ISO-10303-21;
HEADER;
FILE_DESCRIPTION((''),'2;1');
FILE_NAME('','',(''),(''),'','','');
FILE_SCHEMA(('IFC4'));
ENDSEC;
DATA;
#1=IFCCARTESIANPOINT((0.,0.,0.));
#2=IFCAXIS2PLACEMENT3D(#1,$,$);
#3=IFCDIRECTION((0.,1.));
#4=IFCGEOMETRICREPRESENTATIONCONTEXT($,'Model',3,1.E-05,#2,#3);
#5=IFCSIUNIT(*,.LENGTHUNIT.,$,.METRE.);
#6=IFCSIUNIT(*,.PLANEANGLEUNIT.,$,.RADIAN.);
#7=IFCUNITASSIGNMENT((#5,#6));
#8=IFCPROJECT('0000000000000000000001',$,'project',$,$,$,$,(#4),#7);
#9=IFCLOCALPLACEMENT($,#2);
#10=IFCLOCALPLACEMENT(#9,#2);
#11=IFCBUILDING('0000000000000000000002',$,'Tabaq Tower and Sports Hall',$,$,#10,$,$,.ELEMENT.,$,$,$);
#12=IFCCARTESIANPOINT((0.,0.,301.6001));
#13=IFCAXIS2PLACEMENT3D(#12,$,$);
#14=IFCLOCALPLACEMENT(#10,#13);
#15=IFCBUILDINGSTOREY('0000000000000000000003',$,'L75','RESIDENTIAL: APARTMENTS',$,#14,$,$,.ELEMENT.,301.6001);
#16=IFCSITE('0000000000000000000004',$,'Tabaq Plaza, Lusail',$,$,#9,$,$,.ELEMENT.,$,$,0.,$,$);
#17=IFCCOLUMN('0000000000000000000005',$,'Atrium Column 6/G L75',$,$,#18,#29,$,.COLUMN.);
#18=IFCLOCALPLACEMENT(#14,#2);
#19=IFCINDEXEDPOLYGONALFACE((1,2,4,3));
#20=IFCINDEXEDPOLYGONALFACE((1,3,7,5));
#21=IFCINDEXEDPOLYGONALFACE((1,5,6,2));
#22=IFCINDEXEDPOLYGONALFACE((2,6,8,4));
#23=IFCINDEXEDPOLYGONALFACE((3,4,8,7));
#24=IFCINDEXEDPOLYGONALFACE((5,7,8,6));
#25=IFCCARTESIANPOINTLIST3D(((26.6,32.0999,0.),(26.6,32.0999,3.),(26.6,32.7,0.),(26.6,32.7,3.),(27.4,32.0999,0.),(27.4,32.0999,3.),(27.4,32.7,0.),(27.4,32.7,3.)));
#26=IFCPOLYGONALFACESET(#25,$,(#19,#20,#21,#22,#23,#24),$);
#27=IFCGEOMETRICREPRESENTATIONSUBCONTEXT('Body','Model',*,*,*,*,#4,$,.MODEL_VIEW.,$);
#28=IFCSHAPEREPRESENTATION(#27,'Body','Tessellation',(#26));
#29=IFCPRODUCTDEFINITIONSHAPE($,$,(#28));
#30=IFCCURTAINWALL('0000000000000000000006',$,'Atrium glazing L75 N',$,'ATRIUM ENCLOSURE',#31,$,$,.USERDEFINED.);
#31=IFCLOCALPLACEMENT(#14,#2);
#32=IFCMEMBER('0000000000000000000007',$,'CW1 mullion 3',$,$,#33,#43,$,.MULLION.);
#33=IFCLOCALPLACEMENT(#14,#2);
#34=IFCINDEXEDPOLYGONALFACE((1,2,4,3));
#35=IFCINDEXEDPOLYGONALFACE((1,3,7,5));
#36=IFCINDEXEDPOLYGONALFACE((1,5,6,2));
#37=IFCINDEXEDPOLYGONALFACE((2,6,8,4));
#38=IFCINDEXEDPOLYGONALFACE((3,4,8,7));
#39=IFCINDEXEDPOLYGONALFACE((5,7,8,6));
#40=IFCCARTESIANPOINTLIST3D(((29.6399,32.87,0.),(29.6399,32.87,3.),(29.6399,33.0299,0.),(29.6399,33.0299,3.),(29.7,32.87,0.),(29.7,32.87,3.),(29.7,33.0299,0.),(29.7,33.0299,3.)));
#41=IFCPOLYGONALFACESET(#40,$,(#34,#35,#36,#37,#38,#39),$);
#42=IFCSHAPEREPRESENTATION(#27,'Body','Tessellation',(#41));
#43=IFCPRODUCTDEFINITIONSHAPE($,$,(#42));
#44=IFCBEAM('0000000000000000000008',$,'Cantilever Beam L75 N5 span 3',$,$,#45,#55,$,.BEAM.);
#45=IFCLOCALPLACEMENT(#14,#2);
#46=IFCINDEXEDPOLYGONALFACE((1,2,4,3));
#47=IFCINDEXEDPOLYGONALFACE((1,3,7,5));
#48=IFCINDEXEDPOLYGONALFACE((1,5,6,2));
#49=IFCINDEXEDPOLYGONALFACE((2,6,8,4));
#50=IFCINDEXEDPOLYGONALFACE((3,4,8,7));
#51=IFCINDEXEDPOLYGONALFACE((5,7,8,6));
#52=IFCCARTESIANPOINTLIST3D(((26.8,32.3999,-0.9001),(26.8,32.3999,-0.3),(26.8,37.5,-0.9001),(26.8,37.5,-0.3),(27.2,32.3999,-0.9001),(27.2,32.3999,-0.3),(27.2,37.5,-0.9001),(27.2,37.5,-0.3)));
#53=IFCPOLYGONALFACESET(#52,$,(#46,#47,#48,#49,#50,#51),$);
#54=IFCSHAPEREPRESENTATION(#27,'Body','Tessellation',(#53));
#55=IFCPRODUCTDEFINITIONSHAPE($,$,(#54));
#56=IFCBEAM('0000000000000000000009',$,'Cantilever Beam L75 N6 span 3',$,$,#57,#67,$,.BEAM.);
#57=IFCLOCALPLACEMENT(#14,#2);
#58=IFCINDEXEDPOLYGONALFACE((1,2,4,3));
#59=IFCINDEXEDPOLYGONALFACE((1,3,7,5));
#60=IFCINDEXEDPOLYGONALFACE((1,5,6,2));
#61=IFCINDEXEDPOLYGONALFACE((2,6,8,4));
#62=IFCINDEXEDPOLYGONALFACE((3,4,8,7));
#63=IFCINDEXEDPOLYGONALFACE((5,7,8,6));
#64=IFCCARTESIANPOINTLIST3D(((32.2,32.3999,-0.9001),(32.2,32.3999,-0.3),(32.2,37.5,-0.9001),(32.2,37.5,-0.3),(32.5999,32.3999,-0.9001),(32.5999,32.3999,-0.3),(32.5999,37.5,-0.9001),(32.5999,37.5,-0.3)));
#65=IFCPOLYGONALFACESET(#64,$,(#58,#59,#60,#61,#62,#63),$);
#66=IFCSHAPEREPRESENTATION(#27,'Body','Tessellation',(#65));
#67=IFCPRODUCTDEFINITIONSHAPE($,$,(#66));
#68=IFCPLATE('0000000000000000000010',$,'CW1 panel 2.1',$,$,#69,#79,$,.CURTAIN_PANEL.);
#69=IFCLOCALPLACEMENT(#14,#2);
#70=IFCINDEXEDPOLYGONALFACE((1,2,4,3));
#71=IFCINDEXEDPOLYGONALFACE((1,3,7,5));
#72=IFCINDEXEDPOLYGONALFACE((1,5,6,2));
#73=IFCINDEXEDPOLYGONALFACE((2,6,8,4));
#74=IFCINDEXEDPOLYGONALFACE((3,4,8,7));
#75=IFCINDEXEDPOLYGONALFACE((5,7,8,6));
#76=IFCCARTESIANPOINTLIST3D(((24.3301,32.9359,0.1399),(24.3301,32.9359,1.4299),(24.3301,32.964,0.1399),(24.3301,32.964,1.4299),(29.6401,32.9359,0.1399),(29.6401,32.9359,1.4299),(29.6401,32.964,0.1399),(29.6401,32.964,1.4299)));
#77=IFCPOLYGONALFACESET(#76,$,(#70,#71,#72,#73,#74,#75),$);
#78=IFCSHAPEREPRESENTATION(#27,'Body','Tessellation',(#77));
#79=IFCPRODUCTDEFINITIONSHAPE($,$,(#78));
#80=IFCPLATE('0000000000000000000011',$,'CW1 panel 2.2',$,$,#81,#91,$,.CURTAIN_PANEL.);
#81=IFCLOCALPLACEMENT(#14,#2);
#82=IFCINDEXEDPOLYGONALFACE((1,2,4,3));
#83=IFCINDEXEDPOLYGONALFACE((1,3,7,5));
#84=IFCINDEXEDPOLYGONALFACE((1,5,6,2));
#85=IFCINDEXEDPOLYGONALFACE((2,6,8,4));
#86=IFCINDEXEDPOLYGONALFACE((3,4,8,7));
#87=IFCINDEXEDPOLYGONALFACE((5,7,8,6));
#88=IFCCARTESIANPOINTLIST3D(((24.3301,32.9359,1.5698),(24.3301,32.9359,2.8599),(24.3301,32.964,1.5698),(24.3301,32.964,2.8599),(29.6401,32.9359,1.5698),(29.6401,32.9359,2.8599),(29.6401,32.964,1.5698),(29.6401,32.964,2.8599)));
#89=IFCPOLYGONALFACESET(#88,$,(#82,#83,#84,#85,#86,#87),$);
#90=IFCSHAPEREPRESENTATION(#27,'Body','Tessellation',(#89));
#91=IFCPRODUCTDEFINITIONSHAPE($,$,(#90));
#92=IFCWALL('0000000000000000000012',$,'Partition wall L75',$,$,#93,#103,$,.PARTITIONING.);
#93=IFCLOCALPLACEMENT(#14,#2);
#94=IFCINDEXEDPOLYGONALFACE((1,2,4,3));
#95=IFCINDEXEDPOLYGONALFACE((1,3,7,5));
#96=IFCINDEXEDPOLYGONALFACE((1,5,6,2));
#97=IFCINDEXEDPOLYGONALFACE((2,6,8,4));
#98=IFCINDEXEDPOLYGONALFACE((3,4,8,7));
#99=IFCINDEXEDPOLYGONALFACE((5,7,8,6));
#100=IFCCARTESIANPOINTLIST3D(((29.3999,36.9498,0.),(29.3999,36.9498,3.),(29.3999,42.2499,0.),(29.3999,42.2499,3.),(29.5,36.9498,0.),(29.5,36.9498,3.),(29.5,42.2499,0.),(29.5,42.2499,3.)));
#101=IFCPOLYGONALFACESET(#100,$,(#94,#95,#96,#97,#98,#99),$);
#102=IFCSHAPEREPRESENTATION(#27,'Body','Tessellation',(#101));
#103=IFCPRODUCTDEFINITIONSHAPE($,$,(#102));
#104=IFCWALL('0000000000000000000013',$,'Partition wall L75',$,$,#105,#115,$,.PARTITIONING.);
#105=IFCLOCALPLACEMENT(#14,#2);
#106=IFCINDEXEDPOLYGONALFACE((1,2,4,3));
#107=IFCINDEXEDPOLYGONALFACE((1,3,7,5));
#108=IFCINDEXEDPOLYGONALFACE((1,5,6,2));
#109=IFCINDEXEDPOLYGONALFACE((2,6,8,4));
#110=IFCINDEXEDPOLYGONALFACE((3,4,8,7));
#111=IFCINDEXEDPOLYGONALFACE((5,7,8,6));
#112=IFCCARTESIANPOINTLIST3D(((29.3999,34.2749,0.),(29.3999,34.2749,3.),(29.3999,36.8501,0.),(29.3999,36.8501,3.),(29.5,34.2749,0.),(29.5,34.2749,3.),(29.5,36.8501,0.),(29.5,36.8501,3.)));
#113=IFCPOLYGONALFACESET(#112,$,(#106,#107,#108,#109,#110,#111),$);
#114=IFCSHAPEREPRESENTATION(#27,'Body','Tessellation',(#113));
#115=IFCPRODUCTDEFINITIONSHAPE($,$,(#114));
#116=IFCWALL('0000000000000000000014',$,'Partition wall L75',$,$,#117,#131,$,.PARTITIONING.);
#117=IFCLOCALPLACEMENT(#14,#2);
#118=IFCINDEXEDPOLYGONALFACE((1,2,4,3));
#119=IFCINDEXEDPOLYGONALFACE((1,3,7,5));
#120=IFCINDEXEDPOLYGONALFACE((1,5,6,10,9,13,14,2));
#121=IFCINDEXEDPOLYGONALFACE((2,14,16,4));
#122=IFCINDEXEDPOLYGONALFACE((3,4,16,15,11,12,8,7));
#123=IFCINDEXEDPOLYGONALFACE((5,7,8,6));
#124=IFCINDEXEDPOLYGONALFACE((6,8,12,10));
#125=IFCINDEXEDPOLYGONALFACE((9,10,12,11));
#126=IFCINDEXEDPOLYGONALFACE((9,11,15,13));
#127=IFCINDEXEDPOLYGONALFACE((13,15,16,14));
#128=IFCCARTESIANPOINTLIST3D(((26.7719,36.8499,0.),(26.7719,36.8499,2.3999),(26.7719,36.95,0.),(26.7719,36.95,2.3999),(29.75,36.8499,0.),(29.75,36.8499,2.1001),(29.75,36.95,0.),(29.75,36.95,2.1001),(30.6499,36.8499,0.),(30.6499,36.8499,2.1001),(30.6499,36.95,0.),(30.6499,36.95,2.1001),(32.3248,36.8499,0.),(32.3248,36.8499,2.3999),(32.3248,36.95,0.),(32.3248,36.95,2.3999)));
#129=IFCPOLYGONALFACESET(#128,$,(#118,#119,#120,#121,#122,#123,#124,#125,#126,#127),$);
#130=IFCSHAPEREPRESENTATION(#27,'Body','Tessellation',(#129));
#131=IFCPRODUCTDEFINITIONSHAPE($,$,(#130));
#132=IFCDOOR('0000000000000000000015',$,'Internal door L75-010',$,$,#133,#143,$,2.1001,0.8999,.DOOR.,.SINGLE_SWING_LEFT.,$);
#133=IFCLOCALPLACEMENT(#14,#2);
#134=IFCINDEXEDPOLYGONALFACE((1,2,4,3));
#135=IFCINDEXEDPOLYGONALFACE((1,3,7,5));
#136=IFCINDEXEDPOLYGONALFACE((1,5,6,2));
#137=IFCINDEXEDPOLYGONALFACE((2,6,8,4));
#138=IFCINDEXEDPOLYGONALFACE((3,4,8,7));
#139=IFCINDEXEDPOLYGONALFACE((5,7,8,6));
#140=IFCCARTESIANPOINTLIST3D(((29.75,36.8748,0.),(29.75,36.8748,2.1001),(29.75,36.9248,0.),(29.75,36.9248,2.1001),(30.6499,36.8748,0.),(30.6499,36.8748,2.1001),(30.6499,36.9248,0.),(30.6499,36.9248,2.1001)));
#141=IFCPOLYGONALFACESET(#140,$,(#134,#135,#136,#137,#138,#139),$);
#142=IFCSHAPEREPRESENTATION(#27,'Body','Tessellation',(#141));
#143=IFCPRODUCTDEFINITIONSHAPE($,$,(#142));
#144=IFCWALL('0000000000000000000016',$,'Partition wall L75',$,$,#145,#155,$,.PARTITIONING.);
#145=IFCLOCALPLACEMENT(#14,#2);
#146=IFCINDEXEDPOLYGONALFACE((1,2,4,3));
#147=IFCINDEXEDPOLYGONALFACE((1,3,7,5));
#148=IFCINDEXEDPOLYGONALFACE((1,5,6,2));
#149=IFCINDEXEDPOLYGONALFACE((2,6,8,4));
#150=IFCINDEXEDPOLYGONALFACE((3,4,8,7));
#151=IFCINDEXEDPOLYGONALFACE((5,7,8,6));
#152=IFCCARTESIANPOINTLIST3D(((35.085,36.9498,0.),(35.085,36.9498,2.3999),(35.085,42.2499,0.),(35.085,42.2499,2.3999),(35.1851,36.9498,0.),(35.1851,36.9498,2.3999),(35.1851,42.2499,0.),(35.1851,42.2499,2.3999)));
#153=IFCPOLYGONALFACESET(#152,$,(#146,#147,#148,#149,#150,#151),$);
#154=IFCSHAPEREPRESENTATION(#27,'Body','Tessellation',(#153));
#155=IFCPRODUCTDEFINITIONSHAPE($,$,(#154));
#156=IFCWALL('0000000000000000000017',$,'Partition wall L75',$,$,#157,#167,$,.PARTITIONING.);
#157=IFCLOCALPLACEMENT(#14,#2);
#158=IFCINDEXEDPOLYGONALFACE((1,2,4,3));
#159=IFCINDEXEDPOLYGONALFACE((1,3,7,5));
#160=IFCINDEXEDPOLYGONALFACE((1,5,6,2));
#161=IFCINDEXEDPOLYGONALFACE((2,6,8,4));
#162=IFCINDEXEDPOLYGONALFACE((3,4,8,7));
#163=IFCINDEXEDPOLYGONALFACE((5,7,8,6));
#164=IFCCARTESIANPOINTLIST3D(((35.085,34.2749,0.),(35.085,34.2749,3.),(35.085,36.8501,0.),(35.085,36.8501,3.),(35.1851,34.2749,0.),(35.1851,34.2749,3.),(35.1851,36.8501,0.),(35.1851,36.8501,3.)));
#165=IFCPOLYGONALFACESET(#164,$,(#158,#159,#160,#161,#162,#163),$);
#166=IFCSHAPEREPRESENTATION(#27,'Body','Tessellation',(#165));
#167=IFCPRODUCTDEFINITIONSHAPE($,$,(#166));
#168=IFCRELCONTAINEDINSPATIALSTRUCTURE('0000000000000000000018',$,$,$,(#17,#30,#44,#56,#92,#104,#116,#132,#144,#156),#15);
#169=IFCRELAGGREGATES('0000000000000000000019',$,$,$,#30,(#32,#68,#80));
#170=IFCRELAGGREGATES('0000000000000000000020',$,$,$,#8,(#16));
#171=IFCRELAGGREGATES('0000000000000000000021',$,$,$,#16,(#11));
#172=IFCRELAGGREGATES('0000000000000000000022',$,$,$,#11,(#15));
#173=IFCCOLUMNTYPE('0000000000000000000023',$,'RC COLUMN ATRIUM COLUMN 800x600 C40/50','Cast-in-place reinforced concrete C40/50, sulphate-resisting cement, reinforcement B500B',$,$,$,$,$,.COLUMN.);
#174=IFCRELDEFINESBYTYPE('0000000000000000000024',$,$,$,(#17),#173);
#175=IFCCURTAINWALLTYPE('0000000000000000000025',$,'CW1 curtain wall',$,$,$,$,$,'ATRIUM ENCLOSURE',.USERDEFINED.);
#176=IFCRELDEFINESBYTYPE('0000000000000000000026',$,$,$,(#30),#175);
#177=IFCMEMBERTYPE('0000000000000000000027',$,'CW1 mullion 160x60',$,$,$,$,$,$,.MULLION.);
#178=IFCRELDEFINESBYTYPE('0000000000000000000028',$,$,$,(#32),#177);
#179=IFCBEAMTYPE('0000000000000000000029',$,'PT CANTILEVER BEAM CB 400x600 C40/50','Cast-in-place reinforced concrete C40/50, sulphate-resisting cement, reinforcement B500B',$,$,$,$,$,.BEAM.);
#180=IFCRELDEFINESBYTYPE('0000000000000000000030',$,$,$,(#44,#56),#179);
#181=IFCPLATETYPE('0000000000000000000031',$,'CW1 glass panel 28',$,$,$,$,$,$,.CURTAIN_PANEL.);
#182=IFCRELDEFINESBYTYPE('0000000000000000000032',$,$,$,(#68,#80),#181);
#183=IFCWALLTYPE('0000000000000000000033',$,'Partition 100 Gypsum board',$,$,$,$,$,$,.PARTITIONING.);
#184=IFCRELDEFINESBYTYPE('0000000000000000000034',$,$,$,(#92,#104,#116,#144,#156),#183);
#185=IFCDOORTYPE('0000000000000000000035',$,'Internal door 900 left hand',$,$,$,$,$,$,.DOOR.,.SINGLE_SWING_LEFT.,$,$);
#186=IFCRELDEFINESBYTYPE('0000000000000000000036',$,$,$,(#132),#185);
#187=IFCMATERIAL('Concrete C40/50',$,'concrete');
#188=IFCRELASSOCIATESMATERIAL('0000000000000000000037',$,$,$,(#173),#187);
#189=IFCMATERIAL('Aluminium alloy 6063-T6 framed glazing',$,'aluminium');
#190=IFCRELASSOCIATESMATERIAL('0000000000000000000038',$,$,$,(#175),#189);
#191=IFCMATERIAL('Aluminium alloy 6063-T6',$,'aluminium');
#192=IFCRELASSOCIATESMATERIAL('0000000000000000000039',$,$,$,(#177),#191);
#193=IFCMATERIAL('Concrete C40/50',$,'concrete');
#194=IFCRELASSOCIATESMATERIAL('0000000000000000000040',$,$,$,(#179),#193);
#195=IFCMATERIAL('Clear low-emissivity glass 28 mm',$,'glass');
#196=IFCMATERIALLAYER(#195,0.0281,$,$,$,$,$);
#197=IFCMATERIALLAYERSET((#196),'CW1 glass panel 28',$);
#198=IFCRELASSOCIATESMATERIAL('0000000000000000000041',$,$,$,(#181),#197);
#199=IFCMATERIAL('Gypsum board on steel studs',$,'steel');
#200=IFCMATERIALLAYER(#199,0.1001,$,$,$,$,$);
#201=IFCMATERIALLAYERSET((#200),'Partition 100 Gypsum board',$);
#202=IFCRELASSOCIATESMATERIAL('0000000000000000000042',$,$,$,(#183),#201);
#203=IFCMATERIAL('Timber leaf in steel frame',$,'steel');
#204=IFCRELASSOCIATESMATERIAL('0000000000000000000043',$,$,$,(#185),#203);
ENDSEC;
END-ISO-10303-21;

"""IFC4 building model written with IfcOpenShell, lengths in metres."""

from ifc_helpers import new_model, si_unit, direction, frame, frame_2d, origin, origin_2d, place, context, subcontext, project, spatial, rectangle, extrude, material, layer, layer_set, material_profile, profile_set, type_object, element, fill, aggregate, save


model = new_model("IFC4")

# Units and contexts
model_context = context("Model", 3, precision=1e-05, world=origin(), true_north=direction((0.0, 1.0)))
body_context = subcontext(model_context, "Body", "Model", "MODEL_VIEW")
ifc_project = project(units=[si_unit("LENGTHUNIT", "METRE"), si_unit("PLANEANGLEUNIT", "RADIAN")], contexts=[model_context])

# Site, building, storey
site_placement = place(None, origin())
site = spatial("IfcSite", under=ifc_project, at=site_placement, Name="Tabaq Plaza, Lusail", CompositionType="ELEMENT", RefElevation=0.0)
building_placement = place(site_placement, origin())
building = spatial("IfcBuilding", under=site, at=building_placement, Name="Tabaq Tower and Sports Hall", CompositionType="ELEMENT")
storey_placement = place(building_placement, frame((0.0, 0.0, 301.6001)))
storey = spatial("IfcBuildingStorey", under=building, at=storey_placement, Name="L75", Description="RESIDENTIAL: APARTMENTS", CompositionType="ELEMENT", Elevation=301.6001)

# Column
ifc_material_1 = material(Name="Concrete C40/50", Category="concrete")
ifc_material_profile_1 = material_profile(ifc_material_1, rectangle(XDim=0.8, YDim=0.6001, at=origin_2d()), Name="ATRIUM COLUMN 800x600")
ifc_profile_set_1 = profile_set([ifc_material_profile_1], Name="Concrete C40/50")
column_type = type_object("IfcColumnType", Name="RC COLUMN ATRIUM COLUMN 800x600 C40/50", Description="Cast-in-place reinforced concrete C40/50, sulphate-resisting cement, reinforcement B500B", PredefinedType="COLUMN", material=ifc_profile_set_1)
column_placement = place(storey_placement, frame((27.0, 32.3999, 0.0), z_axis=(0.0, 0.0, 1.0), x_axis=(1.0, 0.0, 0.0)))
element("IfcColumn", 1, at=column_placement, inside=storey, type_object=column_type, Name="Atrium Column 6/G L75", PredefinedType="COLUMN", context=body_context, shape_type="SweptSolid", body=[
    extrude(rectangle(XDim=0.8, YDim=0.6001, at=origin_2d()), origin(), (0.0, 0.0, 1.0), 3.0),
])

# Curtain wall, member
ifc_material_2 = material(Name="Aluminium alloy 6063-T6 framed glazing", Category="aluminium")
curtain_wall_type = type_object("IfcCurtainWallType", Name="CW1 curtain wall", ElementType="ATRIUM ENCLOSURE", PredefinedType="USERDEFINED", material=ifc_material_2)
curtain_wall_placement = place(storey_placement, origin())
curtain_wall = element("IfcCurtainWall", 2, at=curtain_wall_placement, inside=storey, type_object=curtain_wall_type, Name="Atrium glazing L75 N", ObjectType="ATRIUM ENCLOSURE", PredefinedType="USERDEFINED")
ifc_material_3 = material(Name="Aluminium alloy 6063-T6", Category="aluminium")
ifc_material_profile_2 = material_profile(ifc_material_3, rectangle(XDim=0.1599, YDim=0.0601, at=origin_2d()), Name="MULLION 160x60")
ifc_profile_set_2 = profile_set([ifc_material_profile_2], Name="Aluminium alloy 6063-T6")
member_type = type_object("IfcMemberType", Name="CW1 mullion 160x60", PredefinedType="MULLION", material=ifc_profile_set_2)
member_placement = place(storey_placement, frame((29.6699, 32.95, 0.0), z_axis=(0.0, 0.0, 1.0), x_axis=(0.0, 1.0, 0.0)))
member = element("IfcMember", 3, at=member_placement, type_object=member_type, Name="CW1 mullion 3", PredefinedType="MULLION", context=body_context, shape_type="SweptSolid", body=[
    extrude(rectangle(XDim=0.1599, YDim=0.0601, at=origin_2d()), origin(), (0.0, 0.0, 1.0), 3.0),
])

# Beams
ifc_material_4 = material(Name="Concrete C40/50", Category="concrete")
ifc_material_profile_3 = material_profile(ifc_material_4, rectangle(XDim=0.3999, YDim=0.6001, at=origin_2d()), Name="CB 400x600")
ifc_profile_set_3 = profile_set([ifc_material_profile_3], Name="Concrete C40/50")
beam_type = type_object("IfcBeamType", Name="PT CANTILEVER BEAM CB 400x600 C40/50", Description="Cast-in-place reinforced concrete C40/50, sulphate-resisting cement, reinforcement B500B", PredefinedType="BEAM", material=ifc_profile_set_3)
for number, where, z_axis, x_axis, name in (
    (4, (27.0, 37.5, -0.6001), (0.0, -1.0, 0.0), (1.0, 0.0, 0.0), "Cantilever Beam L75 N5 span 3"),
    (5, (32.3999, 37.5, -0.6001), (0.0, -1.0, 0.0), (1.0, 0.0, 0.0), "Cantilever Beam L75 N6 span 3"),
):
    element("IfcBeam", number, at=place(storey_placement, frame(where, z_axis=z_axis, x_axis=x_axis)), inside=storey, type_object=beam_type, Name=name, PredefinedType="BEAM", context=body_context, shape_type="SweptSolid", body=[
        extrude(rectangle(XDim=0.3999, YDim=0.6001, at=origin_2d()), origin(), (0.0, 0.0, 1.0), 5.1001),
    ])

# Plates
ifc_material_5 = material(Name="Clear low-emissivity glass 28 mm", Category="glass")
ifc_layer_1 = layer(ifc_material_5, 0.0281)
ifc_layer_set_1 = layer_set([ifc_layer_1], Name="CW1 glass panel 28")
plate_type = type_object("IfcPlateType", Name="CW1 glass panel 28", PredefinedType="CURTAIN_PANEL", material=ifc_layer_set_1)
plate_1_placement = place(storey_placement, frame((26.9851, 32.95, 0.1399), z_axis=(0.0, 0.0, 1.0), x_axis=(1.0, 0.0, 0.0)))
plate_1 = element("IfcPlate", 6, at=plate_1_placement, type_object=plate_type, Name="CW1 panel 2.1", PredefinedType="CURTAIN_PANEL", context=body_context, shape_type="SweptSolid", body=[
    extrude(rectangle(XDim=5.3101, YDim=0.0281, at=origin_2d()), origin(), (0.0, 0.0, 1.0), 1.29),
])
plate_2_placement = place(storey_placement, frame((26.9851, 32.95, 1.5698), z_axis=(0.0, 0.0, 1.0), x_axis=(1.0, 0.0, 0.0)))
plate_2 = element("IfcPlate", 7, at=plate_2_placement, type_object=plate_type, Name="CW1 panel 2.2", PredefinedType="CURTAIN_PANEL", context=body_context, shape_type="SweptSolid", body=[
    extrude(rectangle(XDim=5.3101, YDim=0.0281, at=origin_2d()), origin(), (0.0, 0.0, 1.0), 1.29),
])
aggregate(curtain_wall, [member, plate_1, plate_2])

# Walls
ifc_material_6 = material(Name="Gypsum board on steel studs", Category="steel")
ifc_layer_2 = layer(ifc_material_6, 0.1001)
ifc_layer_set_2 = layer_set([ifc_layer_2], Name="Partition 100 Gypsum board")
wall_type_1 = type_object("IfcWallType", Name="Partition 100 Gypsum board", PredefinedType="PARTITIONING", material=ifc_layer_set_2)
wall_1_placement = place(storey_placement, frame((29.45, 36.95, 0.0), z_axis=(0.0, 0.0, 1.0), x_axis=(0.0, 1.0, 0.0)))
element("IfcWall", 8, at=wall_1_placement, inside=storey, type_object=wall_type_1, Name="Partition wall L75", PredefinedType="PARTITIONING", context=body_context, shape_type="SweptSolid", body=[
    extrude(rectangle(XDim=5.3, YDim=0.1001, at=frame_2d((2.6499, 0.0))), origin(), (0.0, 0.0, 1.0), 3.0),
])
wall_2_placement = place(storey_placement, frame((29.45, 34.2749, 0.0), z_axis=(0.0, 0.0, 1.0), x_axis=(0.0, 1.0, 0.0)))
element("IfcWall", 9, at=wall_2_placement, inside=storey, type_object=wall_type_1, Name="Partition wall L75", PredefinedType="PARTITIONING", context=body_context, shape_type="SweptSolid", body=[
    extrude(rectangle(XDim=2.5752, YDim=0.1001, at=frame_2d((1.2876, 0.0))), origin(), (0.0, 0.0, 1.0), 3.0),
])

# Wall, opening, door
wall_3_placement = place(storey_placement, frame((26.772, 36.8999, 0.0), z_axis=(0.0, 0.0, 1.0), x_axis=(1.0, 0.0, 0.0)))
wall_3 = element("IfcWall", 10, at=wall_3_placement, inside=storey, type_object=wall_type_1, Name="Partition wall L75", PredefinedType="PARTITIONING", context=body_context, shape_type="SweptSolid", body=[
    extrude(rectangle(XDim=5.553, YDim=0.1001, at=frame_2d((2.7764, 0.0))), origin(), (0.0, 0.0, 1.0), 2.3999),
])
opening_1_placement = place(wall_3_placement, frame((2.978, 0.0, 0.0)))
opening_1 = element("IfcOpeningElement", 11, at=opening_1_placement, cuts=wall_3, PredefinedType="OPENING", context=body_context, shape_type="SweptSolid", body=[
    extrude(rectangle(XDim=0.8999, YDim=2.1001, at=frame_2d((0.45, 1.05))), frame((0.0, 0.05, 0.0), z_axis=(0.0, -1.0, 0.0), x_axis=(1.0, 0.0, 0.0)), (0.0, 0.0, 1.0), 0.1001),
])
ifc_material_7 = material(Name="Timber leaf in steel frame", Category="steel")
door_type_1 = type_object("IfcDoorType", Name="Internal door 900 left hand", OperationType="SINGLE_SWING_LEFT", PredefinedType="DOOR", material=ifc_material_7)
door_1_placement = place(opening_1_placement, origin())
door_1 = element("IfcDoor", 12, at=door_1_placement, inside=storey, type_object=door_type_1, Name="Internal door L75-010", OperationType="SINGLE_SWING_LEFT", OverallHeight=2.1001, OverallWidth=0.8999, PredefinedType="DOOR", context=body_context, shape_type="SweptSolid", body=[
    extrude(rectangle(XDim=0.8999, YDim=2.1001, at=frame_2d((0.45, 1.05))), frame((0.0, 0.0249, 0.0), z_axis=(0.0, -1.0, 0.0), x_axis=(1.0, 0.0, 0.0)), (0.0, 0.0, 1.0), 0.05),
])
fill(opening_1, door_1)

# Walls
wall_4_placement = place(storey_placement, frame((35.135, 36.95, 0.0), z_axis=(0.0, 0.0, 1.0), x_axis=(0.0, 1.0, 0.0)))
element("IfcWall", 13, at=wall_4_placement, inside=storey, type_object=wall_type_1, Name="Partition wall L75", PredefinedType="PARTITIONING", context=body_context, shape_type="SweptSolid", body=[
    extrude(rectangle(XDim=5.3, YDim=0.1001, at=frame_2d((2.6499, 0.0))), origin(), (0.0, 0.0, 1.0), 2.3999),
])
wall_5_placement = place(storey_placement, frame((35.135, 34.2749, 0.0), z_axis=(0.0, 0.0, 1.0), x_axis=(0.0, 1.0, 0.0)))
element("IfcWall", 14, at=wall_5_placement, inside=storey, type_object=wall_type_1, Name="Partition wall L75", PredefinedType="PARTITIONING", context=body_context, shape_type="SweptSolid", body=[
    extrude(rectangle(XDim=2.5752, YDim=0.1001, at=frame_2d((1.2876, 0.0))), origin(), (0.0, 0.0, 1.0), 3.0),
])

save(model, "model.ifc")
